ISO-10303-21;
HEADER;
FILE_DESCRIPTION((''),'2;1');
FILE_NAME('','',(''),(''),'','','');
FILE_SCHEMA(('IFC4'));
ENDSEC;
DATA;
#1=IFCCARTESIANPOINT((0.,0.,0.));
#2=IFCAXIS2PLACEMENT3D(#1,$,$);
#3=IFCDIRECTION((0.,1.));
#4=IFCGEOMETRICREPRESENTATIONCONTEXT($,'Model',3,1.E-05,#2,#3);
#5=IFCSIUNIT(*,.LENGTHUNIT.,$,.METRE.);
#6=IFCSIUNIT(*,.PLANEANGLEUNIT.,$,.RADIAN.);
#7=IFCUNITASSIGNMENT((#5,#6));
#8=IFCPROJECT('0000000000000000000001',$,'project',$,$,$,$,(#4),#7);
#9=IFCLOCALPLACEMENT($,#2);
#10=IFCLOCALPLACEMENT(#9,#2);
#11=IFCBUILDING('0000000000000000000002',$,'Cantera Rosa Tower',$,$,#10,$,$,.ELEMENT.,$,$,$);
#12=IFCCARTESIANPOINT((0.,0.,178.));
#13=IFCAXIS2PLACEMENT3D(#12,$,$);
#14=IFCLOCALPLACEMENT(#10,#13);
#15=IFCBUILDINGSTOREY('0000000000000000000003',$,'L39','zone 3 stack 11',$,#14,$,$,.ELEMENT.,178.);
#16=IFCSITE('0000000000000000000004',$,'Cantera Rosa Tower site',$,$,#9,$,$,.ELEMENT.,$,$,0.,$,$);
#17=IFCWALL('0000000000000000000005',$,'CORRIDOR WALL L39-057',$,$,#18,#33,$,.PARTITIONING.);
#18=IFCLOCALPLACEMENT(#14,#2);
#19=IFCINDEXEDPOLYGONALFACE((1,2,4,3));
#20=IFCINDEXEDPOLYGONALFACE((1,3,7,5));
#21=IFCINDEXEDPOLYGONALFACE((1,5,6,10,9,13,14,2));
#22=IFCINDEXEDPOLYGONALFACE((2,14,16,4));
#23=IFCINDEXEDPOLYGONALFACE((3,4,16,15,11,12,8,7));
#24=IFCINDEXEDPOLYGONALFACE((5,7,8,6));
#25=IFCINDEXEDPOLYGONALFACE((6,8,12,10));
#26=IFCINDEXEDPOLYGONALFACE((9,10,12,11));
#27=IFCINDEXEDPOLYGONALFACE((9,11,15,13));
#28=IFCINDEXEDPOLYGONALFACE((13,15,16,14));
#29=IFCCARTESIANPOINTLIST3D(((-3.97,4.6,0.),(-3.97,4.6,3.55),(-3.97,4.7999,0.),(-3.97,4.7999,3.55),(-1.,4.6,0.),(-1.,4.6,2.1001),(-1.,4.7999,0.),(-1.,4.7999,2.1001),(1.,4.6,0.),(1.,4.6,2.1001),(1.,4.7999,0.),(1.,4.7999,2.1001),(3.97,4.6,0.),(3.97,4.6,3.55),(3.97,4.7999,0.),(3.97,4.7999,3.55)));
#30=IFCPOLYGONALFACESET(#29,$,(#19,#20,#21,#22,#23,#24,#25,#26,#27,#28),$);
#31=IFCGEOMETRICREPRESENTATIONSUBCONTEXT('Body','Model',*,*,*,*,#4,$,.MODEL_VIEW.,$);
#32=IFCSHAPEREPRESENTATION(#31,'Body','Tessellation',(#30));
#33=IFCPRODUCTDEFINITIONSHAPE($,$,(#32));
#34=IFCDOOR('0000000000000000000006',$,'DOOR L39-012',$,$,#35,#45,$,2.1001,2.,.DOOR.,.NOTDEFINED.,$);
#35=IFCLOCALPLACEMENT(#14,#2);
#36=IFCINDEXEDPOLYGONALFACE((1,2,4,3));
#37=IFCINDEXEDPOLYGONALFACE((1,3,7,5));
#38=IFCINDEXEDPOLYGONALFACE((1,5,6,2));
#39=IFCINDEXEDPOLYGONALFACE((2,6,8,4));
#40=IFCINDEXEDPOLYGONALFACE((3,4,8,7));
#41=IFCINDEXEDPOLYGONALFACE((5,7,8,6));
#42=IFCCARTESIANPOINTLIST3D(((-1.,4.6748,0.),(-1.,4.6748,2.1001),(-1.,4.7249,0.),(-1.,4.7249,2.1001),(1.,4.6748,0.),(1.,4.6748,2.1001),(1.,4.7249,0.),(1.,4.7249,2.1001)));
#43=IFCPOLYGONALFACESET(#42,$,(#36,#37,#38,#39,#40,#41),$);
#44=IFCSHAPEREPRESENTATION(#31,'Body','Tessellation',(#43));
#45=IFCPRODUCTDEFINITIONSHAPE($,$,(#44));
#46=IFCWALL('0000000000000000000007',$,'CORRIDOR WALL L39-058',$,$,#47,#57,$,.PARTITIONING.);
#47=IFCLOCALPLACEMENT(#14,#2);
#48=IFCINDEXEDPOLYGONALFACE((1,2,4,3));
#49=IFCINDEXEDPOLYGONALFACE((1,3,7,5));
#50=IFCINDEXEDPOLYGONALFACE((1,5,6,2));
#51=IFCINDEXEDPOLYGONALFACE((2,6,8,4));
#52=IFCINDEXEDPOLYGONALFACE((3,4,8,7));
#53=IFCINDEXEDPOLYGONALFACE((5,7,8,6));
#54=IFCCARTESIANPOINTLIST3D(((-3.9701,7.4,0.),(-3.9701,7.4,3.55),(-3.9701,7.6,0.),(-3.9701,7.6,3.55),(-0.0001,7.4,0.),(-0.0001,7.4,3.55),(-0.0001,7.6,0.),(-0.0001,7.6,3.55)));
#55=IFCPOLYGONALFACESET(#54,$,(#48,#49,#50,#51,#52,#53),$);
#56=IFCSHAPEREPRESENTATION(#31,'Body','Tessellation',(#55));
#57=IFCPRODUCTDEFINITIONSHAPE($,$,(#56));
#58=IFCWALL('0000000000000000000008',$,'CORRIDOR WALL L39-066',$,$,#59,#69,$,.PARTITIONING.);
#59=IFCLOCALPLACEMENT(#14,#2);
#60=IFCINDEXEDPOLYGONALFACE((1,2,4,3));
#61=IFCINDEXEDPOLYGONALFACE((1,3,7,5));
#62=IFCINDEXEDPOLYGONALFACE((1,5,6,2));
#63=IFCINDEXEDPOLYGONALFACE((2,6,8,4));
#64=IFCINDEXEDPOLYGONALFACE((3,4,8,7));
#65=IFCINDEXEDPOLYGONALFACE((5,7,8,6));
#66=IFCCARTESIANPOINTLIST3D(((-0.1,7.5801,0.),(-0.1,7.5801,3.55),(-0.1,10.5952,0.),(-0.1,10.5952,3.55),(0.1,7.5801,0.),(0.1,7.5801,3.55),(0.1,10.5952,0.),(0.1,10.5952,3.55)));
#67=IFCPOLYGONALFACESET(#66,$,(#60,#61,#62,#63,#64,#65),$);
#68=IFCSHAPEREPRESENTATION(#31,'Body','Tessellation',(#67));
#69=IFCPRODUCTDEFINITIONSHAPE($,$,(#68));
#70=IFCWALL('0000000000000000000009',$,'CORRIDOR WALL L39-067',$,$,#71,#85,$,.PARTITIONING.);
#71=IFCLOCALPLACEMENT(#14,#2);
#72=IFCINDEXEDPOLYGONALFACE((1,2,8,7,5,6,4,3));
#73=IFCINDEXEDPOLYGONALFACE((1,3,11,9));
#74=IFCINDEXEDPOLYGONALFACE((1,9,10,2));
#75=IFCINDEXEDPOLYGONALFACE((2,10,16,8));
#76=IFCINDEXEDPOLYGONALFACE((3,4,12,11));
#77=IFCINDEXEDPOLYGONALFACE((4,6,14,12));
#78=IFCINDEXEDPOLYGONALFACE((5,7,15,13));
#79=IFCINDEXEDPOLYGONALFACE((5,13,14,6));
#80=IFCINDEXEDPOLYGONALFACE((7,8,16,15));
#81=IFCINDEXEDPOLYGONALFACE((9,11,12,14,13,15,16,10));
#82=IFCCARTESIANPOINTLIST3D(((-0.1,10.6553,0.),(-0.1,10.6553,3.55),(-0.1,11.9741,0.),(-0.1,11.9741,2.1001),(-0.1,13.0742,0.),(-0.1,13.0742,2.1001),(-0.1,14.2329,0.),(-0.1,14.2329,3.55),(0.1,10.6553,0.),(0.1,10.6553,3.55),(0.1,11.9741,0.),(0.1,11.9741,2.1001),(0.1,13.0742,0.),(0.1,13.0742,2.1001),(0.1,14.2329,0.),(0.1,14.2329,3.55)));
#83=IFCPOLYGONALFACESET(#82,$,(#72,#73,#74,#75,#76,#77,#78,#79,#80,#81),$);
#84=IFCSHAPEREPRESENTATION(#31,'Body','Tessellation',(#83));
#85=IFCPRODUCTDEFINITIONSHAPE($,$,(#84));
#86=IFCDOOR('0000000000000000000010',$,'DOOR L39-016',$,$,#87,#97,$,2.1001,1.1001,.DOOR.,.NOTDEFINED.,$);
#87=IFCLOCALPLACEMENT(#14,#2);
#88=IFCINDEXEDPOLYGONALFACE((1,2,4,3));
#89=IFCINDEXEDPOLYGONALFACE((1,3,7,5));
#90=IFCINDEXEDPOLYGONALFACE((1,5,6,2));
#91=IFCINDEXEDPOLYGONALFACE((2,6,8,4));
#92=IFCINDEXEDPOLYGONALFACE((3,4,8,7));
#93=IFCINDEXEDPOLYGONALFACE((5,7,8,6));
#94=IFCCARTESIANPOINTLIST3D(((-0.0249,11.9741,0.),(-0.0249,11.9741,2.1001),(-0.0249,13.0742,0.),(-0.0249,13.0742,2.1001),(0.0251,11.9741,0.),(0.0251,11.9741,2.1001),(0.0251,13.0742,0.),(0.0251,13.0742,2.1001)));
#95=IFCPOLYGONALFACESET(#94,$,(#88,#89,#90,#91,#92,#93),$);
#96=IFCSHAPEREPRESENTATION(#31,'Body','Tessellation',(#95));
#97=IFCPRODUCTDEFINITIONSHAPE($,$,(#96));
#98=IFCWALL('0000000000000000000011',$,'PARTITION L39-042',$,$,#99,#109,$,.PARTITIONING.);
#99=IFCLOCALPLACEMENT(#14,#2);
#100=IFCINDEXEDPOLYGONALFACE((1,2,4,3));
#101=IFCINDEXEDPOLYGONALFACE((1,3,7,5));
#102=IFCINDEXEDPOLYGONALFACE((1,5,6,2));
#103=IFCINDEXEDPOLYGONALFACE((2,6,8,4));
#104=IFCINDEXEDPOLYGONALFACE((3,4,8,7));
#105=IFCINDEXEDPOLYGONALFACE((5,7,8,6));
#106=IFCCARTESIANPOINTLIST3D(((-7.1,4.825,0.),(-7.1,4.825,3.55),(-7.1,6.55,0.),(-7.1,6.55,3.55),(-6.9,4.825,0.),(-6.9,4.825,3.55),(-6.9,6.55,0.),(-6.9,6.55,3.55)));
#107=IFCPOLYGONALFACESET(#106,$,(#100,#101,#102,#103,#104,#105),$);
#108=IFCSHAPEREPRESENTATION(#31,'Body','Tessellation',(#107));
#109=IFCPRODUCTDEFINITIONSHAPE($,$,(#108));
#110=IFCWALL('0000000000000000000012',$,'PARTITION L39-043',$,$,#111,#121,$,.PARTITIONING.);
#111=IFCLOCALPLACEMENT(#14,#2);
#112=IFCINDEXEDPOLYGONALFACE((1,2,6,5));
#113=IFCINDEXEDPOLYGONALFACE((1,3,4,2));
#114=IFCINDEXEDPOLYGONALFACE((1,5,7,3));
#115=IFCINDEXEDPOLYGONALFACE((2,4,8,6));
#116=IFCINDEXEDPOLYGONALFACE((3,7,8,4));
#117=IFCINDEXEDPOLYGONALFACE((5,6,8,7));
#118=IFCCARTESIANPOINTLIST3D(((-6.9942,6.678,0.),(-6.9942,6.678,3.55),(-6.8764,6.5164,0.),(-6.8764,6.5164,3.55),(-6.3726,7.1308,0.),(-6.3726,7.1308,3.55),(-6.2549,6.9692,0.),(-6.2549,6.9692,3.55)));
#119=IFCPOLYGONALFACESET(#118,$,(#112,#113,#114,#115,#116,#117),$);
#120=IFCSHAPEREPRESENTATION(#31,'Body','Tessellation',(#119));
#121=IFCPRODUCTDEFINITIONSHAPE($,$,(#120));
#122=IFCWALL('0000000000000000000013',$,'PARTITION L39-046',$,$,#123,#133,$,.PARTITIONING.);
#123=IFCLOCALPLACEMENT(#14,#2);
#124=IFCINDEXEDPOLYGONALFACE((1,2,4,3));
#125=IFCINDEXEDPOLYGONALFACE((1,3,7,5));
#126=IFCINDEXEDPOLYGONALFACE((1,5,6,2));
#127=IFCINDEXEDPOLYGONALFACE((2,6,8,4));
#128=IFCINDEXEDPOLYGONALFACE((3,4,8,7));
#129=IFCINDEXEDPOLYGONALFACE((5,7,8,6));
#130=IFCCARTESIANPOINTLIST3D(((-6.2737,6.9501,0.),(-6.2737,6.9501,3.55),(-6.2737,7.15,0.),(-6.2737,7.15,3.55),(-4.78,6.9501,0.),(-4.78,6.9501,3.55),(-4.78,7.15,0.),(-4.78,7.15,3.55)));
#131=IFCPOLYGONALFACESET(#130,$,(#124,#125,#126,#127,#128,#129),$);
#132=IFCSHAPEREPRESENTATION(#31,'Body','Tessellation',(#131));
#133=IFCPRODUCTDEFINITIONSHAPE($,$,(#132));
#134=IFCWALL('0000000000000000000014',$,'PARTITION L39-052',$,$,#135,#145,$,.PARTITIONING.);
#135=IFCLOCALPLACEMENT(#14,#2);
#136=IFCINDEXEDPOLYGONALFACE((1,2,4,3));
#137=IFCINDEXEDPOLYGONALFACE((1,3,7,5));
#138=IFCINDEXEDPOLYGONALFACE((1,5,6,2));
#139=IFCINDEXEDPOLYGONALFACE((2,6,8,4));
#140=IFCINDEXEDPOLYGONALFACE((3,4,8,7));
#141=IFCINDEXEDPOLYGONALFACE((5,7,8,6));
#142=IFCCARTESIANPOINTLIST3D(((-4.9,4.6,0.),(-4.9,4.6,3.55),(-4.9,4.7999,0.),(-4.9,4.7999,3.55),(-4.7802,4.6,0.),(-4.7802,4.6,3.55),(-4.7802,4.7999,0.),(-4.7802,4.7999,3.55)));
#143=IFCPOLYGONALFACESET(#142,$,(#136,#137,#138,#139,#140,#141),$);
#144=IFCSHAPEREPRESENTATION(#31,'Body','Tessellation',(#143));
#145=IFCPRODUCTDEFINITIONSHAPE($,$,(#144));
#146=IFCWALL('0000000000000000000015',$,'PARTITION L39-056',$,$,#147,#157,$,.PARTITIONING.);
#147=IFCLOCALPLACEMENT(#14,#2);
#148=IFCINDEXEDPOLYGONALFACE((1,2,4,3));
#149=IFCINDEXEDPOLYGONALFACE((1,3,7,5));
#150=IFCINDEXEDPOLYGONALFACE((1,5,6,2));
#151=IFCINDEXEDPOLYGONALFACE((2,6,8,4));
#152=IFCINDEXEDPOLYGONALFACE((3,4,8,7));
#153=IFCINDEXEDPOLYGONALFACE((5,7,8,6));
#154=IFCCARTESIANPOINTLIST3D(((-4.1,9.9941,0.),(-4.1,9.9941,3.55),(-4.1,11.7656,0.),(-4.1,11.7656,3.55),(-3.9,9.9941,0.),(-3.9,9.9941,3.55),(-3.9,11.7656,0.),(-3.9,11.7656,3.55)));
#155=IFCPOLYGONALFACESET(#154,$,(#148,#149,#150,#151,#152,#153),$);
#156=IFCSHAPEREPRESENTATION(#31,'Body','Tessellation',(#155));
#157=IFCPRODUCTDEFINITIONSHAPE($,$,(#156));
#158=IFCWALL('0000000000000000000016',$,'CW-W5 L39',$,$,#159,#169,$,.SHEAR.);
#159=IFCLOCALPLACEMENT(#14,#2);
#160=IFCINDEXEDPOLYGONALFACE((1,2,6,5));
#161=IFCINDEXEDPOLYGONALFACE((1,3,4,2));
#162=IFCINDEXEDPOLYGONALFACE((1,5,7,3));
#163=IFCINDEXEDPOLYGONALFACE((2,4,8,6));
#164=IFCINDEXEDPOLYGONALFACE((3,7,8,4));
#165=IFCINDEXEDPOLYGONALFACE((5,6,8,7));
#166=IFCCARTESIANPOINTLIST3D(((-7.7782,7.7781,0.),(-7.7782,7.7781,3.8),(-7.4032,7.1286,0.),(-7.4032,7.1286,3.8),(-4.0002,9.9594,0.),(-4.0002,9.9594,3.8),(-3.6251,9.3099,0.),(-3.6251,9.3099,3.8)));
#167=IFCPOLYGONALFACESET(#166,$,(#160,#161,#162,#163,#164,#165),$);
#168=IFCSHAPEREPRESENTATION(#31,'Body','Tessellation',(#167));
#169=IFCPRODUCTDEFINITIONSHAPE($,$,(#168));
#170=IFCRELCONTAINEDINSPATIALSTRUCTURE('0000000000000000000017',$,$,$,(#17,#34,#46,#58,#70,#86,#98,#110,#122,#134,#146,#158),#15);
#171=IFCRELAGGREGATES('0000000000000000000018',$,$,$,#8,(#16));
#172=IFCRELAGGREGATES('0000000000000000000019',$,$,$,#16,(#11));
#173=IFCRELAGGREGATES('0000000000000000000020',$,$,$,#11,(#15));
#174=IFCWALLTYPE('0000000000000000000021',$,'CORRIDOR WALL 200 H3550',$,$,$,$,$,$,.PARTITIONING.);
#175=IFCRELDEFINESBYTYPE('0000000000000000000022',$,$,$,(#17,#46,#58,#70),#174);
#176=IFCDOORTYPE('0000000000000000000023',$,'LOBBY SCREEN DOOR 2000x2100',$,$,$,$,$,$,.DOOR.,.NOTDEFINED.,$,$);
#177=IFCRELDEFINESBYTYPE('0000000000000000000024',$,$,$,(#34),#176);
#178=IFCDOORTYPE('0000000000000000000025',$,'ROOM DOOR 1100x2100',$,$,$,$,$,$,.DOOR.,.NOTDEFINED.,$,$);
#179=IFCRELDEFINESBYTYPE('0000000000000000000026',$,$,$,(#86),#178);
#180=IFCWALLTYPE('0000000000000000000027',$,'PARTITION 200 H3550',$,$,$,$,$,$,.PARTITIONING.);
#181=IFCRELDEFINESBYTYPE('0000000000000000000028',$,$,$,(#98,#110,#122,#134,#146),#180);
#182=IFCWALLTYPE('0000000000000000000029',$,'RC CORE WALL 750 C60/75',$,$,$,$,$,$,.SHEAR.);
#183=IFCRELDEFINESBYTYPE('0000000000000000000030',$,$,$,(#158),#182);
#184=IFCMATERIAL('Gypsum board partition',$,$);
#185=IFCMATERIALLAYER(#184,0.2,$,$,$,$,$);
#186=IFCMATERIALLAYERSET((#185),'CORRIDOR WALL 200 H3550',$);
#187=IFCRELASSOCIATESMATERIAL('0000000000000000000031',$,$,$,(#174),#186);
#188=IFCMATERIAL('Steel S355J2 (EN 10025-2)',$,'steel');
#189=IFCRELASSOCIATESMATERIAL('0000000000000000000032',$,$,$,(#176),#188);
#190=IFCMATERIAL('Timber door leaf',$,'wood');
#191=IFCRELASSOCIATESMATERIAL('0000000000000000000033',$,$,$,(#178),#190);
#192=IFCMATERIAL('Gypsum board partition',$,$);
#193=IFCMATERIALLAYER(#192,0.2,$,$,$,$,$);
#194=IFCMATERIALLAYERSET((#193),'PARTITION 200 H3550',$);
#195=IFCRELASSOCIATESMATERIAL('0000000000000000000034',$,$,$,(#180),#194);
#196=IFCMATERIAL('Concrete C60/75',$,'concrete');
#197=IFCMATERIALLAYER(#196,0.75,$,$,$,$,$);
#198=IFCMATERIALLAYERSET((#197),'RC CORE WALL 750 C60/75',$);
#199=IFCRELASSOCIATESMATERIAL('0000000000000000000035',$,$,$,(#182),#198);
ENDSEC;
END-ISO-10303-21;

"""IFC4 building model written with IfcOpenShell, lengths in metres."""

from ifc_helpers import new_model, si_unit, direction, frame, frame_2d, origin, place, context, subcontext, project, spatial, rectangle, extrude, material, layer, layer_set, type_object, element, fill, save


model = new_model("IFC4")

# Units and contexts
model_context = context("Model", 3, precision=1e-05, world=origin(), true_north=direction((0.0, 1.0)))
body_context = subcontext(model_context, "Body", "Model", "MODEL_VIEW")
ifc_project = project(units=[si_unit("LENGTHUNIT", "METRE"), si_unit("PLANEANGLEUNIT", "RADIAN")], contexts=[model_context])

# Site, building, storey
site_placement = place(None, origin())
site = spatial("IfcSite", under=ifc_project, at=site_placement, Name="Cantera Rosa Tower site", CompositionType="ELEMENT", RefElevation=0.0)
building_placement = place(site_placement, origin())
building = spatial("IfcBuilding", under=site, at=building_placement, Name="Cantera Rosa Tower", CompositionType="ELEMENT")
storey_placement = place(building_placement, frame((0.0, 0.0, 178.0)))
storey = spatial("IfcBuildingStorey", under=building, at=storey_placement, Name="L39", Description="zone 3 stack 11", CompositionType="ELEMENT", Elevation=178.0)

# Wall, opening, door
ifc_material_1 = material(Name="Gypsum board partition")
ifc_layer_1 = layer(ifc_material_1, 0.2)
ifc_layer_set_1 = layer_set([ifc_layer_1], Name="CORRIDOR WALL 200 H3550")
wall_type_1 = type_object("IfcWallType", Name="CORRIDOR WALL 200 H3550", PredefinedType="PARTITIONING", material=ifc_layer_set_1)
wall_1_placement = place(storey_placement, frame((-3.97, 4.7, 0.0), z_axis=(0.0, 0.0, 1.0), x_axis=(1.0, 0.0, 0.0)))
wall_1 = element("IfcWall", 1, at=wall_1_placement, inside=storey, type_object=wall_type_1, Name="CORRIDOR WALL L39-057", PredefinedType="PARTITIONING", context=body_context, shape_type="SweptSolid", body=[
    extrude(rectangle(XDim=7.9399, YDim=0.2, at=frame_2d((3.97, 0.0))), origin(), (0.0, 0.0, 1.0), 3.55),
])
opening_1_placement = place(wall_1_placement, frame((2.97, 0.0, 0.0)))
opening_1 = element("IfcOpeningElement", 2, at=opening_1_placement, cuts=wall_1, PredefinedType="OPENING", context=body_context, shape_type="SweptSolid", body=[
    extrude(rectangle(XDim=2.0, YDim=2.1001, at=frame_2d((1.0, 1.05))), frame((0.0, 0.1099, 0.0), z_axis=(0.0, -1.0, 0.0), x_axis=(1.0, 0.0, 0.0)), (0.0, 0.0, 1.0), 0.22),
])
ifc_material_2 = material(Name="Steel S355J2 (EN 10025-2)", Category="steel")
door_type_1 = type_object("IfcDoorType", Name="LOBBY SCREEN DOOR 2000x2100", OperationType="NOTDEFINED", PredefinedType="DOOR", material=ifc_material_2)
door_1_placement = place(opening_1_placement, origin())
door_1 = element("IfcDoor", 3, at=door_1_placement, inside=storey, type_object=door_type_1, Name="DOOR L39-012", OperationType="NOTDEFINED", OverallHeight=2.1001, OverallWidth=2.0, PredefinedType="DOOR", context=body_context, shape_type="SweptSolid", body=[
    extrude(rectangle(XDim=2.0, YDim=2.1001, at=frame_2d((1.0, 1.05))), frame((0.0, 0.0249, 0.0), z_axis=(0.0, -1.0, 0.0), x_axis=(1.0, 0.0, 0.0)), (0.0, 0.0, 1.0), 0.05),
])
fill(opening_1, door_1)

# Walls
wall_2_placement = place(storey_placement, frame((-3.97, 7.5, 0.0), z_axis=(0.0, 0.0, 1.0), x_axis=(1.0, 0.0, 0.0)))
element("IfcWall", 4, at=wall_2_placement, inside=storey, type_object=wall_type_1, Name="CORRIDOR WALL L39-058", PredefinedType="PARTITIONING", context=body_context, shape_type="SweptSolid", body=[
    extrude(rectangle(XDim=3.97, YDim=0.2, at=frame_2d((1.9849, 0.0))), origin(), (0.0, 0.0, 1.0), 3.55),
])
wall_3_placement = place(storey_placement, frame((0.0, 7.5801, 0.0), z_axis=(0.0, 0.0, 1.0), x_axis=(0.0, 1.0, 0.0)))
element("IfcWall", 5, at=wall_3_placement, inside=storey, type_object=wall_type_1, Name="CORRIDOR WALL L39-066", PredefinedType="PARTITIONING", context=body_context, shape_type="SweptSolid", body=[
    extrude(rectangle(XDim=3.0151, YDim=0.2, at=frame_2d((1.5076, 0.0))), origin(), (0.0, 0.0, 1.0), 3.55),
])

# Wall, opening, door
wall_4_placement = place(storey_placement, frame((0.0, 10.6553, 0.0), z_axis=(0.0, 0.0, 1.0), x_axis=(0.0, 1.0, 0.0)))
wall_4 = element("IfcWall", 6, at=wall_4_placement, inside=storey, type_object=wall_type_1, Name="CORRIDOR WALL L39-067", PredefinedType="PARTITIONING", context=body_context, shape_type="SweptSolid", body=[
    extrude(rectangle(XDim=3.5776, YDim=0.2, at=frame_2d((1.7888, 0.0))), origin(), (0.0, 0.0, 1.0), 3.55),
])
opening_2_placement = place(wall_4_placement, frame((1.3188, 0.0, 0.0)))
opening_2 = element("IfcOpeningElement", 7, at=opening_2_placement, cuts=wall_4, PredefinedType="OPENING", context=body_context, shape_type="SweptSolid", body=[
    extrude(rectangle(XDim=1.1001, YDim=2.1001, at=frame_2d((0.55, 1.05))), frame((0.0, 0.1099, 0.0), z_axis=(0.0, -1.0, 0.0), x_axis=(1.0, 0.0, 0.0)), (0.0, 0.0, 1.0), 0.22),
])
ifc_material_3 = material(Name="Timber door leaf", Category="wood")
door_type_2 = type_object("IfcDoorType", Name="ROOM DOOR 1100x2100", OperationType="NOTDEFINED", PredefinedType="DOOR", material=ifc_material_3)
door_2_placement = place(opening_2_placement, origin())
door_2 = element("IfcDoor", 8, at=door_2_placement, inside=storey, type_object=door_type_2, Name="DOOR L39-016", OperationType="NOTDEFINED", OverallHeight=2.1001, OverallWidth=1.1001, PredefinedType="DOOR", context=body_context, shape_type="SweptSolid", body=[
    extrude(rectangle(XDim=1.1001, YDim=2.1001, at=frame_2d((0.55, 1.05))), frame((0.0, 0.0249, 0.0), z_axis=(0.0, -1.0, 0.0), x_axis=(1.0, 0.0, 0.0)), (0.0, 0.0, 1.0), 0.05),
])
fill(opening_2, door_2)

# Walls
ifc_material_4 = material(Name="Gypsum board partition")
ifc_layer_2 = layer(ifc_material_4, 0.2)
ifc_layer_set_2 = layer_set([ifc_layer_2], Name="PARTITION 200 H3550")
wall_type_2 = type_object("IfcWallType", Name="PARTITION 200 H3550", PredefinedType="PARTITIONING", material=ifc_layer_set_2)
wall_5_placement = place(storey_placement, frame((-7.0, 4.825, 0.0), z_axis=(0.0, 0.0, 1.0), x_axis=(0.0, 1.0, 0.0)))
element("IfcWall", 9, at=wall_5_placement, inside=storey, type_object=wall_type_2, Name="PARTITION L39-042", PredefinedType="PARTITIONING", context=body_context, shape_type="SweptSolid", body=[
    extrude(rectangle(XDim=1.7251, YDim=0.2, at=frame_2d((0.8625, 0.0))), origin(), (0.0, 0.0, 1.0), 3.55),
])
wall_6_placement = place(storey_placement, frame((-6.9353, 6.5972, 0.0), z_axis=(0.0, 0.0, 1.0), x_axis=(0.808228, 0.58887, 0.0)))
element("IfcWall", 10, at=wall_6_placement, inside=storey, type_object=wall_type_2, Name="PARTITION L39-043", PredefinedType="PARTITIONING", context=body_context, shape_type="SweptSolid", body=[
    extrude(rectangle(XDim=0.769, YDim=0.2, at=frame_2d((0.3845, 0.0))), origin(), (0.0, 0.0, 1.0), 3.55),
])
wall_7_placement = place(storey_placement, frame((-6.2737, 7.05, 0.0), z_axis=(0.0, 0.0, 1.0), x_axis=(1.0, 0.0, 0.0)))
element("IfcWall", 11, at=wall_7_placement, inside=storey, type_object=wall_type_2, Name="PARTITION L39-046", PredefinedType="PARTITIONING", context=body_context, shape_type="SweptSolid", body=[
    extrude(rectangle(XDim=1.4937, YDim=0.2, at=frame_2d((0.7468, 0.0))), origin(), (0.0, 0.0, 1.0), 3.55),
])
wall_8_placement = place(storey_placement, frame((-4.78, 4.7, 0.0), z_axis=(0.0, 0.0, 1.0), x_axis=(-1.0, 0.0, 0.0)))
element("IfcWall", 12, at=wall_8_placement, inside=storey, type_object=wall_type_2, Name="PARTITION L39-052", PredefinedType="PARTITIONING", context=body_context, shape_type="SweptSolid", body=[
    extrude(rectangle(XDim=0.1199, YDim=0.2, at=frame_2d((0.0601, 0.0))), origin(), (0.0, 0.0, 1.0), 3.55),
])
wall_9_placement = place(storey_placement, frame((-4.0, 11.7656, 0.0), z_axis=(0.0, 0.0, 1.0), x_axis=(0.0, -1.0, 0.0)))
element("IfcWall", 13, at=wall_9_placement, inside=storey, type_object=wall_type_2, Name="PARTITION L39-056", PredefinedType="PARTITIONING", context=body_context, shape_type="SweptSolid", body=[
    extrude(rectangle(XDim=1.7715, YDim=0.2, at=frame_2d((0.8857, 0.0))), origin(), (0.0, 0.0, 1.0), 3.55),
])
ifc_material_5 = material(Name="Concrete C60/75", Category="concrete")
ifc_layer_3 = layer(ifc_material_5, 0.75)
ifc_layer_set_3 = layer_set([ifc_layer_3], Name="RC CORE WALL 750 C60/75")
wall_type_3 = type_object("IfcWallType", Name="RC CORE WALL 750 C60/75", PredefinedType="SHEAR", material=ifc_layer_set_3)
wall_10_placement = place(storey_placement, frame((-7.5906, 7.4534, 0.0), z_axis=(0.0, 0.0, 1.0), x_axis=(0.866013, 0.500021, 0.0)))
element("IfcWall", 14, at=wall_10_placement, inside=storey, type_object=wall_type_3, Name="CW-W5 L39", PredefinedType="SHEAR", context=body_context, shape_type="SweptSolid", body=[
    extrude(rectangle(XDim=4.3625, YDim=0.75, at=frame_2d((2.1812, 0.0))), origin(), (0.0, 0.0, 1.0), 3.8),
])

save(model, "model.ifc")
